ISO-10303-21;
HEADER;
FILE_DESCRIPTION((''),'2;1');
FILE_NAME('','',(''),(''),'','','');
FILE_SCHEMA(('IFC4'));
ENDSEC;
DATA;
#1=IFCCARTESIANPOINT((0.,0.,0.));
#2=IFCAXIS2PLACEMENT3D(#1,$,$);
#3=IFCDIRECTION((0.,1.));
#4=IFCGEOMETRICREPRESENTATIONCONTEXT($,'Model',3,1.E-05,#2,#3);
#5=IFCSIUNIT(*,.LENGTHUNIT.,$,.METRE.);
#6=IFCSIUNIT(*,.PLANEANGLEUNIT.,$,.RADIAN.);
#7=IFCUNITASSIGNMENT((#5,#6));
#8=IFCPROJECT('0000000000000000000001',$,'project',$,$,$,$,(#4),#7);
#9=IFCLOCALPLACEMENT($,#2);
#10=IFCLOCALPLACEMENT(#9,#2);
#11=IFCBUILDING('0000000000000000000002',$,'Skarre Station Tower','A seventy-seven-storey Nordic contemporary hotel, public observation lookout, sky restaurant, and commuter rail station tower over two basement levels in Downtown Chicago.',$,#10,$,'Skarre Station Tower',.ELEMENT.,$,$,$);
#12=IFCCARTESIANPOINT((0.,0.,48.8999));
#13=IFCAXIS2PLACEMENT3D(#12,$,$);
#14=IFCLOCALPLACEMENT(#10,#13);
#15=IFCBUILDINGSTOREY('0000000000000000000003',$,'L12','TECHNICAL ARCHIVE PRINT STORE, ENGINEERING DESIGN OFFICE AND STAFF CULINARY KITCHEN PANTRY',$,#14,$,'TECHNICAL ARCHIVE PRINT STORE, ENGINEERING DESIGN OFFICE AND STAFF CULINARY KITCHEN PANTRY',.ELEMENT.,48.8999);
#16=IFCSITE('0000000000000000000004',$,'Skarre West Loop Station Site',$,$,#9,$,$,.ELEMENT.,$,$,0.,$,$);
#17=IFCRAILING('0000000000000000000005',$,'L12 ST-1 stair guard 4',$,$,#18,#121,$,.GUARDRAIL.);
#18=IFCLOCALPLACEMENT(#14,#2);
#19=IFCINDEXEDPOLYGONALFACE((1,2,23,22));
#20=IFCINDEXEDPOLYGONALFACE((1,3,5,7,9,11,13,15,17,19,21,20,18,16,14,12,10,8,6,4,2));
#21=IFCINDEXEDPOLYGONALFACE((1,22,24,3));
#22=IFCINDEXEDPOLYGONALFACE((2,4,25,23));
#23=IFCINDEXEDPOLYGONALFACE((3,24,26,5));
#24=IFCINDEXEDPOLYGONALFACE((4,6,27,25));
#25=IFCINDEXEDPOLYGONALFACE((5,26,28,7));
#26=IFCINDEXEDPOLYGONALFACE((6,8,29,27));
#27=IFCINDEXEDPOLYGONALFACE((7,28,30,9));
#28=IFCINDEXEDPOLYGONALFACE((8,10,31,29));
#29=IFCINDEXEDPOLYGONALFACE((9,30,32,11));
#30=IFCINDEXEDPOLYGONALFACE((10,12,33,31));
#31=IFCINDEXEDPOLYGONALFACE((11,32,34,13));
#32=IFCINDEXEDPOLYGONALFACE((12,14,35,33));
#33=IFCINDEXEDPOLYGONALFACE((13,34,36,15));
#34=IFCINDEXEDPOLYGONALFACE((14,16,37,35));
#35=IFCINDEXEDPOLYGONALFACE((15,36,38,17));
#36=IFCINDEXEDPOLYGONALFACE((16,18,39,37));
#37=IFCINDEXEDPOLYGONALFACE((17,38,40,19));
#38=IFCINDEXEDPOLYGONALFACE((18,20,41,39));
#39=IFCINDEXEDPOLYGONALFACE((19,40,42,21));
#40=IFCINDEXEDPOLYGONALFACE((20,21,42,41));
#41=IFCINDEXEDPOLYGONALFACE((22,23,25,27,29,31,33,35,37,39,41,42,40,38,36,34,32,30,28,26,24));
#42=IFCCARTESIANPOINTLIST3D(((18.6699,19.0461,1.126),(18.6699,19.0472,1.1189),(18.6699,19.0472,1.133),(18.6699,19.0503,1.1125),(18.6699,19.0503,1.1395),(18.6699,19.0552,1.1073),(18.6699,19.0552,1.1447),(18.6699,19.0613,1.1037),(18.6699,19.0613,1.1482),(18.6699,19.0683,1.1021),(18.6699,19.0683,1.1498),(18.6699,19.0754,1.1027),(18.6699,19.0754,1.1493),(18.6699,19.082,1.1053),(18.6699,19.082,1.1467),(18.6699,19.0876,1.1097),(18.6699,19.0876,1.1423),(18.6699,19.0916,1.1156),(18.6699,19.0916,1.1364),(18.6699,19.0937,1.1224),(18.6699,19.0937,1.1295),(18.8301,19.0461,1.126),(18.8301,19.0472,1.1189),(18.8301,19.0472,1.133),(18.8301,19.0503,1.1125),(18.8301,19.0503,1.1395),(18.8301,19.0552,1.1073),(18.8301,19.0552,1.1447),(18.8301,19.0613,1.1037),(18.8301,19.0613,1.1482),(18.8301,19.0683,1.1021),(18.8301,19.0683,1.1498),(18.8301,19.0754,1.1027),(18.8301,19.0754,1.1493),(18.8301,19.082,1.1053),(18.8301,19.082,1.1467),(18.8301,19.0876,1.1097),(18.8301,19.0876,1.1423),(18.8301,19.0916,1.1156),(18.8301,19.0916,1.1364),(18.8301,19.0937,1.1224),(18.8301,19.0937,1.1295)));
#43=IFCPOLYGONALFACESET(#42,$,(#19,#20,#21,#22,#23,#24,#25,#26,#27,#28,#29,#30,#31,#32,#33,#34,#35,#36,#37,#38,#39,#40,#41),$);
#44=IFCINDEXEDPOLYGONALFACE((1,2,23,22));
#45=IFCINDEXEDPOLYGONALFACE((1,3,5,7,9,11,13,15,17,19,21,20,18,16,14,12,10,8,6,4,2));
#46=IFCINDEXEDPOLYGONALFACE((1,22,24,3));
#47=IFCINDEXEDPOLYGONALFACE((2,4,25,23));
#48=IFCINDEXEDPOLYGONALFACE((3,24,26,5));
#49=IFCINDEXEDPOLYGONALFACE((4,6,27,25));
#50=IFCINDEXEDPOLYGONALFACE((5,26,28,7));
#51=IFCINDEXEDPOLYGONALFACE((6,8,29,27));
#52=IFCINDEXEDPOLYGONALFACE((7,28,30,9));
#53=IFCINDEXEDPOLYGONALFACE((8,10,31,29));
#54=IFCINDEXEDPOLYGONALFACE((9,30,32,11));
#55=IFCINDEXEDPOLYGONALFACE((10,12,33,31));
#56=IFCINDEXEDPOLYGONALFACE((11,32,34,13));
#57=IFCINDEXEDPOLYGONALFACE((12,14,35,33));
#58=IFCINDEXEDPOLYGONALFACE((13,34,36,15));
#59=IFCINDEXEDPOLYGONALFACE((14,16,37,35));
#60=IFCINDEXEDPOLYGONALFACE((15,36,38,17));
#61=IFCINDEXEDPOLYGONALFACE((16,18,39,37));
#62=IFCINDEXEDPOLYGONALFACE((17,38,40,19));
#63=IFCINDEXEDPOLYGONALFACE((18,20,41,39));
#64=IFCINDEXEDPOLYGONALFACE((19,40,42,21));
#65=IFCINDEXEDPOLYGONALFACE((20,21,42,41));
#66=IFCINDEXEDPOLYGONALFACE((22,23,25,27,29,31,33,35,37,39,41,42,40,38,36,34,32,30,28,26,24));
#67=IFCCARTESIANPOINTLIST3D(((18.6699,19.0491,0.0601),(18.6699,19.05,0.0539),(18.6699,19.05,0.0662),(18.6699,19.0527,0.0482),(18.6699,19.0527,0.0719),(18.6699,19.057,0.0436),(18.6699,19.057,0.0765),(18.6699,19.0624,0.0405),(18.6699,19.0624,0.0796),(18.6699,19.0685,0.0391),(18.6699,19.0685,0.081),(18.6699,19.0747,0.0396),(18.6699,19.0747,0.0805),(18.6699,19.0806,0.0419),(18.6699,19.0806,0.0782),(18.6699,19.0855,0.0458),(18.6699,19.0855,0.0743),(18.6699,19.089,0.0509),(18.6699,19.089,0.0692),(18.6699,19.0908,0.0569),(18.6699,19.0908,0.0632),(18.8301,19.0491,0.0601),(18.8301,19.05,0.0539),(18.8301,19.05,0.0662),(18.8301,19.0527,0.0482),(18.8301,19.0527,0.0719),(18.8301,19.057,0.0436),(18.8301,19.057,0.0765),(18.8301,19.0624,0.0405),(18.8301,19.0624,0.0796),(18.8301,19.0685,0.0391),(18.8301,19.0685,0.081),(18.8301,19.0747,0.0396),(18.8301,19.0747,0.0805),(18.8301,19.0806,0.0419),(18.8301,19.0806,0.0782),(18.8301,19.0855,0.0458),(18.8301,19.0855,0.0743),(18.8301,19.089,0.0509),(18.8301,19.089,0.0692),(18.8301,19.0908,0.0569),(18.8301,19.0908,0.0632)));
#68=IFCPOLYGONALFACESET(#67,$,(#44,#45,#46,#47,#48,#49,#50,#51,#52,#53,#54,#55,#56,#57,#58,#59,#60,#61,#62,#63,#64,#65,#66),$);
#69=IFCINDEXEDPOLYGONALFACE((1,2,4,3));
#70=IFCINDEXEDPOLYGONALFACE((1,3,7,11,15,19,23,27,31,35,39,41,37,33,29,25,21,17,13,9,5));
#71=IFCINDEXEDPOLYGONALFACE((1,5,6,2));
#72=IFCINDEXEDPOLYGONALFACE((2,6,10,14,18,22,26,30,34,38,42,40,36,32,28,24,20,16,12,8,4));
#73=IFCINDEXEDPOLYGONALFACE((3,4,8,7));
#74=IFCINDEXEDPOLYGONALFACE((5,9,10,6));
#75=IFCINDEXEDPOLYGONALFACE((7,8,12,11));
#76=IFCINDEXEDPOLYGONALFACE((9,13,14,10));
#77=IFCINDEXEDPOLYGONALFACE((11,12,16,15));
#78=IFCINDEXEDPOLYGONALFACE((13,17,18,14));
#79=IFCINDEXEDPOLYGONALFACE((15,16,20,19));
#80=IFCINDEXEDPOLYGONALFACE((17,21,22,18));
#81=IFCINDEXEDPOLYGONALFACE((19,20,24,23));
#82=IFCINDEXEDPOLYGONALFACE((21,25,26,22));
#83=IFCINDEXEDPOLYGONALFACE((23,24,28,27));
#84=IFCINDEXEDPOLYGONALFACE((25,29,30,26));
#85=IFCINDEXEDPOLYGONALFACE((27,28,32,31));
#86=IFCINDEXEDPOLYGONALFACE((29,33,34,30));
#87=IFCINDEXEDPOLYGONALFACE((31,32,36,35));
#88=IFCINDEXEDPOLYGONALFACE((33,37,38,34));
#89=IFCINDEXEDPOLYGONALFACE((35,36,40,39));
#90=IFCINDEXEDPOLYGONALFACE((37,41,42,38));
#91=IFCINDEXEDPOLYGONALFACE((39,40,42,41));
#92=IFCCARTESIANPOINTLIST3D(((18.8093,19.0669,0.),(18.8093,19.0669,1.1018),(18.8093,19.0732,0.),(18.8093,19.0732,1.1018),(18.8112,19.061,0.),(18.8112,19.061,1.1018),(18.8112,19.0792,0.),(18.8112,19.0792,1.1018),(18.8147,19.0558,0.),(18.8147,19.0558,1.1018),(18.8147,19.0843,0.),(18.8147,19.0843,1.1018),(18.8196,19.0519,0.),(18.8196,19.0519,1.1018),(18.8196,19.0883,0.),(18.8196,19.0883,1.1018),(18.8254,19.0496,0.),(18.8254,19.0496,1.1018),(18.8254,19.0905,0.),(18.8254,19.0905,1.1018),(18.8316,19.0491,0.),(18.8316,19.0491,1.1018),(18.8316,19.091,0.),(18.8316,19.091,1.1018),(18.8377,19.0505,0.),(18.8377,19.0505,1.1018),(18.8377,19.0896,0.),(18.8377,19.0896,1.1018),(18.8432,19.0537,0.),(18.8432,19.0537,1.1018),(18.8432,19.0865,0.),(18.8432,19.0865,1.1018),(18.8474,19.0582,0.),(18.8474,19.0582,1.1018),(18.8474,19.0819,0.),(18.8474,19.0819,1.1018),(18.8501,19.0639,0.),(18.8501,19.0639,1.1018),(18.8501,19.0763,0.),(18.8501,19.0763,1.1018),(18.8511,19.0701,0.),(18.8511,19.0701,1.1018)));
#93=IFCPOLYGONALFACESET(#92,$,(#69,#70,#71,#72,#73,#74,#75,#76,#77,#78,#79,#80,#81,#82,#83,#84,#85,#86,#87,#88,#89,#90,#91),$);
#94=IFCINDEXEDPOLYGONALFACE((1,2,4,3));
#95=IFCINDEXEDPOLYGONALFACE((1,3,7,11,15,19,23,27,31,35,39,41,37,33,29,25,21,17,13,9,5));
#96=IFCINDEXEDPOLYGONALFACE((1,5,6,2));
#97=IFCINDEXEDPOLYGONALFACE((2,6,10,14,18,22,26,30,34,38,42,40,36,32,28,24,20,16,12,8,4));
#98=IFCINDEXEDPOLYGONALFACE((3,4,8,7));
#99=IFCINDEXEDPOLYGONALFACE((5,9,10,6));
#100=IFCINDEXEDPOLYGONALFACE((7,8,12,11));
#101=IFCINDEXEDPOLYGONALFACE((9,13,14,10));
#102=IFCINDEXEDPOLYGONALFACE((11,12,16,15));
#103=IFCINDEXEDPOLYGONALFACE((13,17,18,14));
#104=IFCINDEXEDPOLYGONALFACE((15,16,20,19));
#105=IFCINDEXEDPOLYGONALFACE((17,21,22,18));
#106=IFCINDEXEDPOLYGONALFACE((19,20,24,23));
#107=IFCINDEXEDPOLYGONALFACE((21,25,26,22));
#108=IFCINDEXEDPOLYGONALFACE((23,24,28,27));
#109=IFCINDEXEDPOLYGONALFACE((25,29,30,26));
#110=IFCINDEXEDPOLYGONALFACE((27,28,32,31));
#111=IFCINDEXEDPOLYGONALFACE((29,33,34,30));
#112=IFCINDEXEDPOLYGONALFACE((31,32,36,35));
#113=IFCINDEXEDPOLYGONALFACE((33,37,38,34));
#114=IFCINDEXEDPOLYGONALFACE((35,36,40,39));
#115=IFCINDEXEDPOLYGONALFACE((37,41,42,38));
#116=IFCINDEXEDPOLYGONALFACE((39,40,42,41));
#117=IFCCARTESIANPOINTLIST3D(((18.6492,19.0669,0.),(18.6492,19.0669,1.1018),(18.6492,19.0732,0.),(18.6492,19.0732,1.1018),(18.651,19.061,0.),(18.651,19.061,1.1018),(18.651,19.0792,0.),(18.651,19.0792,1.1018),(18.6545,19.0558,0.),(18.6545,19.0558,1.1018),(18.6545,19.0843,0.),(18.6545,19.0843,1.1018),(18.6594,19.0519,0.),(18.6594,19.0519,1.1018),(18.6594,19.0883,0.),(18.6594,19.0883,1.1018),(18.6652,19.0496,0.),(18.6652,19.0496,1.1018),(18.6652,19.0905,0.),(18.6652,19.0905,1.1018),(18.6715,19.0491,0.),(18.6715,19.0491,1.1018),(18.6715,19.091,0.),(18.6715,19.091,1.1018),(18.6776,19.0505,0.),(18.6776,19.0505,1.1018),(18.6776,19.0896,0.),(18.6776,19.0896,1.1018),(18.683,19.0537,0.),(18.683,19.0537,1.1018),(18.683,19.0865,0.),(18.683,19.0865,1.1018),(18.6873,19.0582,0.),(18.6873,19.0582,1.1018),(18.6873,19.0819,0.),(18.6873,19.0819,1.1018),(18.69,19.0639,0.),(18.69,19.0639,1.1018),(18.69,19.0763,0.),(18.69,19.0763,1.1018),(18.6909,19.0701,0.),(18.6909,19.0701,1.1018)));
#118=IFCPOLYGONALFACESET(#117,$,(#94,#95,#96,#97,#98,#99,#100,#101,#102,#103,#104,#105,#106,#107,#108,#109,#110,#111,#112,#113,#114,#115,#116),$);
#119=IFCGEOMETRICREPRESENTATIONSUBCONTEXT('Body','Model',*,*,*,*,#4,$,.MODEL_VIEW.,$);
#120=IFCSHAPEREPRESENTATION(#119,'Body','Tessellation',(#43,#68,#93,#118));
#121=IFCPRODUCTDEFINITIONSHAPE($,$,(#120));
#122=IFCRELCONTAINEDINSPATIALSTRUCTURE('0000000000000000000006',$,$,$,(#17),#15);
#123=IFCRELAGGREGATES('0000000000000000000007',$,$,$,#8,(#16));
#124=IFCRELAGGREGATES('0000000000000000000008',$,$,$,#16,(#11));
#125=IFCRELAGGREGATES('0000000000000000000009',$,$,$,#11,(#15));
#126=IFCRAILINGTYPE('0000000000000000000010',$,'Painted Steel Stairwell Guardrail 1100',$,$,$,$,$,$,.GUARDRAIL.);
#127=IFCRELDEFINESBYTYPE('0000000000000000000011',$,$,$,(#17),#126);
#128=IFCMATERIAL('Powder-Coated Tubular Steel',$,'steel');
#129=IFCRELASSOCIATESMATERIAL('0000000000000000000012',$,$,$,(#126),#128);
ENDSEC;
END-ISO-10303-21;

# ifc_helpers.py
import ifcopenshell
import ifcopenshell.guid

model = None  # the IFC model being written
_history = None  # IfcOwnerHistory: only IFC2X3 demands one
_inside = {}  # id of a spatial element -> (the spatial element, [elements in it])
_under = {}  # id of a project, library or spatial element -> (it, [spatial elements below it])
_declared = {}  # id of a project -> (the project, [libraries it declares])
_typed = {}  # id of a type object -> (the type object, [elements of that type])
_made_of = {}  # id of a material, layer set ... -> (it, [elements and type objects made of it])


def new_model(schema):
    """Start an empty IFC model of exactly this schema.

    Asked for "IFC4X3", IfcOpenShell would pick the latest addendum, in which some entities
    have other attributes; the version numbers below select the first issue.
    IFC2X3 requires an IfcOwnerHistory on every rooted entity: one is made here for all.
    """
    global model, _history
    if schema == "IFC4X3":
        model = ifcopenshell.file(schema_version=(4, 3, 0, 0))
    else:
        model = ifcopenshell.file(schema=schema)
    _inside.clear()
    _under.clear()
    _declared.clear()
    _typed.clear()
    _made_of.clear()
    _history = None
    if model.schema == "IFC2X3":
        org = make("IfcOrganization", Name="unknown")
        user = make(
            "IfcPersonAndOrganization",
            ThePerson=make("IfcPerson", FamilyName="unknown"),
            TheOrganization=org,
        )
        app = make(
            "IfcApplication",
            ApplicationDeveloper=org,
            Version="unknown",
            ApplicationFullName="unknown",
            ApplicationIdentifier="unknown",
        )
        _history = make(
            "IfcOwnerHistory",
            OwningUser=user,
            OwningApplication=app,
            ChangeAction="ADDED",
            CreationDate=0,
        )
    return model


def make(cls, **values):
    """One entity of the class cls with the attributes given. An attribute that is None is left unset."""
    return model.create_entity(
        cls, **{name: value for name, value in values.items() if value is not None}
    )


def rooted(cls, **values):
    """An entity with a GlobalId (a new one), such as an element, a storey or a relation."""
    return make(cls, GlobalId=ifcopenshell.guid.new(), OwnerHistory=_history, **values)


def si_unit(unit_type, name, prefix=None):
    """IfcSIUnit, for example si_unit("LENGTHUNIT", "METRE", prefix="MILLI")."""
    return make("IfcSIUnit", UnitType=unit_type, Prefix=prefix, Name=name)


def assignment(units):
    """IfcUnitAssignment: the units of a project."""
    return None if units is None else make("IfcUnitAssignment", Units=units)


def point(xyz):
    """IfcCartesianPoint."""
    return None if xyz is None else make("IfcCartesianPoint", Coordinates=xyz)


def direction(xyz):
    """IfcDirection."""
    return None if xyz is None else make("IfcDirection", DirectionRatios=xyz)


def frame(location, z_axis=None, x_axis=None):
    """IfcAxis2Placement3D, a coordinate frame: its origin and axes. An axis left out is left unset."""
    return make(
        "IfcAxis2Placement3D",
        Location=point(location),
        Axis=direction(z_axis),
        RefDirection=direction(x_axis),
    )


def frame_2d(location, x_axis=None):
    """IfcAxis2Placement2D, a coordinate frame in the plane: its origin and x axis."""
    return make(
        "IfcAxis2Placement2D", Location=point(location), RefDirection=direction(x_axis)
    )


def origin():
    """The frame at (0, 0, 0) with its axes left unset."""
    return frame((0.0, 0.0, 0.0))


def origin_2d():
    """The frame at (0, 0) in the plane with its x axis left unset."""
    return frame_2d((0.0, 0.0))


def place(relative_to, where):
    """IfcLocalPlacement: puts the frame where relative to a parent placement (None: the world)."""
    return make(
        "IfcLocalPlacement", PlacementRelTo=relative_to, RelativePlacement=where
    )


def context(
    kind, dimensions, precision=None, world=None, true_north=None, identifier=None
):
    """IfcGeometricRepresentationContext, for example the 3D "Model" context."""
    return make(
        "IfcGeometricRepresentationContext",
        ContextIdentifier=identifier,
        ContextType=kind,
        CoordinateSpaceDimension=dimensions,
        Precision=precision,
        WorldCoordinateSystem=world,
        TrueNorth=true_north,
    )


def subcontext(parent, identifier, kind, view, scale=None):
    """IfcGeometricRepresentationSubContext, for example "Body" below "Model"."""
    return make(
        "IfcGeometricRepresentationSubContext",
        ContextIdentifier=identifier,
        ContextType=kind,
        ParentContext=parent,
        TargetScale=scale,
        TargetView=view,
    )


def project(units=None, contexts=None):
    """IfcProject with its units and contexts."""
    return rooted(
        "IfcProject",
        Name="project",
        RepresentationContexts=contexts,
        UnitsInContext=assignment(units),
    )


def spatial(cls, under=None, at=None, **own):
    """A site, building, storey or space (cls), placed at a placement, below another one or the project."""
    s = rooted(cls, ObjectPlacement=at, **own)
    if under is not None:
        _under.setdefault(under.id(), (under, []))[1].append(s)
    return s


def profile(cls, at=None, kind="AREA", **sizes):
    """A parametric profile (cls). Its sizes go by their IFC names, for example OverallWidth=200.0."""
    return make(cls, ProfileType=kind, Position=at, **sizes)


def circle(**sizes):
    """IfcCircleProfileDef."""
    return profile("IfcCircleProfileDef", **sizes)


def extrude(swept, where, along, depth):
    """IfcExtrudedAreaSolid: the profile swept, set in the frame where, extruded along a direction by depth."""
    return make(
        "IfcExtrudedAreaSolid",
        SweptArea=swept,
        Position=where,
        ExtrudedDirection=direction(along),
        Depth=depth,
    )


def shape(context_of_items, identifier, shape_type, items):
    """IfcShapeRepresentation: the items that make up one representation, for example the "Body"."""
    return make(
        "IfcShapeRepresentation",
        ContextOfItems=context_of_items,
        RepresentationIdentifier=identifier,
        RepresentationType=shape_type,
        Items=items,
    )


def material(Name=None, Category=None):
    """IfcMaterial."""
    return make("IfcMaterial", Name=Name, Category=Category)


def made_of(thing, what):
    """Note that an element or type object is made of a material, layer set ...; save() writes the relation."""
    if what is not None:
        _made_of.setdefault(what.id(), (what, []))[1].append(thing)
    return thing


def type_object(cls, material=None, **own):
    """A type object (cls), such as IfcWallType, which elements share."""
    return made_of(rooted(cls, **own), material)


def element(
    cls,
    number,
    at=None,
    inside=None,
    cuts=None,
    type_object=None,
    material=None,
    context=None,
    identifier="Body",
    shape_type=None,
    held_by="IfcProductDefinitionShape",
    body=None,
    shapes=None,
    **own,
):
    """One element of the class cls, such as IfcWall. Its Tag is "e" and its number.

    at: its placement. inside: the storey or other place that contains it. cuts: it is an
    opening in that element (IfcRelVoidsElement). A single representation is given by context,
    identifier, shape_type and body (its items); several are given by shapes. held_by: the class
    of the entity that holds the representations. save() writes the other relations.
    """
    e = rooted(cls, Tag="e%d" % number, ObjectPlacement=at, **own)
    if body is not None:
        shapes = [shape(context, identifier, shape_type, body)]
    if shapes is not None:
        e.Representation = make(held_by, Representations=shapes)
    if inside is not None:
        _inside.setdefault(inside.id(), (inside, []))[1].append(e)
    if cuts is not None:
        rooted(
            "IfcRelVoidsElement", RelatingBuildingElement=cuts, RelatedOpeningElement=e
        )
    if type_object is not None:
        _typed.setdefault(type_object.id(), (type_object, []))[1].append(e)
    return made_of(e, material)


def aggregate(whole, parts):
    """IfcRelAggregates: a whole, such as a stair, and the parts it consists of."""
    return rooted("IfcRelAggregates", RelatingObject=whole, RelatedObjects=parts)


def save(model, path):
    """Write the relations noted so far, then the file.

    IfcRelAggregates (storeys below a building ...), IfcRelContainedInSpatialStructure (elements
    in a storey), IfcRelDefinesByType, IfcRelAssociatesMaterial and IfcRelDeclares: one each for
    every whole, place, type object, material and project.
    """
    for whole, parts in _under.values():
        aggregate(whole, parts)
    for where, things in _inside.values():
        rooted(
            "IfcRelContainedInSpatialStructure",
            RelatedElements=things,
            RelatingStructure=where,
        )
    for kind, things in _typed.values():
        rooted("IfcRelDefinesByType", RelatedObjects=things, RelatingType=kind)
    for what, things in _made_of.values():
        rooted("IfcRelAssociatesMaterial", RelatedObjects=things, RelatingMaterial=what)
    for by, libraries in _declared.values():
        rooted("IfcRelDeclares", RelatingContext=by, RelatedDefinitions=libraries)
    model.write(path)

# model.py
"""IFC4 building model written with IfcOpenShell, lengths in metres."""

from ifc_helpers import new_model, si_unit, direction, frame, origin, origin_2d, place, context, subcontext, project, spatial, circle, extrude, material, type_object, element, save


model = new_model("IFC4")

# Units and contexts
model_context = context("Model", 3, precision=1e-05, world=origin(), true_north=direction((0.0, 1.0)))
body_context = subcontext(model_context, "Body", "Model", "MODEL_VIEW")
ifc_project = project(units=[si_unit("LENGTHUNIT", "METRE"), si_unit("PLANEANGLEUNIT", "RADIAN")], contexts=[model_context])

# Site, building, storey
site_placement = place(None, origin())
site = spatial("IfcSite", under=ifc_project, at=site_placement, Name="Skarre West Loop Station Site", CompositionType="ELEMENT", RefElevation=0.0)
building_placement = place(site_placement, origin())
building = spatial("IfcBuilding", under=site, at=building_placement, Name="Skarre Station Tower", Description="A seventy-seven-storey Nordic contemporary hotel, public observation lookout, sky restaurant, and commuter rail station tower over two basement levels in Downtown Chicago.", LongName="Skarre Station Tower", CompositionType="ELEMENT")
storey_placement = place(building_placement, frame((0.0, 0.0, 48.8999)))
storey = spatial("IfcBuildingStorey", under=building, at=storey_placement, Name="L12", Description="TECHNICAL ARCHIVE PRINT STORE, ENGINEERING DESIGN OFFICE AND STAFF CULINARY KITCHEN PANTRY", LongName="TECHNICAL ARCHIVE PRINT STORE, ENGINEERING DESIGN OFFICE AND STAFF CULINARY KITCHEN PANTRY", CompositionType="ELEMENT", Elevation=48.8999)

# Railing
ifc_material_1 = material(Name="Powder-Coated Tubular Steel", Category="steel")
railing_type_1 = type_object("IfcRailingType", Name="Painted Steel Stairwell Guardrail 1100", PredefinedType="GUARDRAIL", material=ifc_material_1)
railing_1_placement = place(storey_placement, frame((18.8301, 19.0701, 0.0)))
element("IfcRailing", 1, at=railing_1_placement, inside=storey, type_object=railing_type_1, Name="L12 ST-1 stair guard 4", PredefinedType="GUARDRAIL", context=body_context, shape_type="SweptSolid", body=[
    extrude(circle(Radius=0.0239, at=origin_2d()), frame((0.0, 0.0, 1.126), z_axis=(-1.0, 0.0, 0.0), x_axis=(0.0, -1.0, 0.0)), (0.0, 0.0, 1.0), 0.1602),
    extrude(circle(Radius=0.021, at=origin_2d()), frame((0.0, 0.0, 0.0601), z_axis=(-1.0, 0.0, 0.0), x_axis=(0.0, -1.0, 0.0)), (0.0, 0.0, 1.0), 0.1602),
    extrude(circle(Radius=0.021, at=origin_2d()), origin(), (0.0, 0.0, 1.0), 1.1018),
    extrude(circle(Radius=0.021, at=origin_2d()), frame((-0.1602, 0.0, 0.0)), (0.0, 0.0, 1.0), 1.1018),
])

save(model, "model.ifc")
